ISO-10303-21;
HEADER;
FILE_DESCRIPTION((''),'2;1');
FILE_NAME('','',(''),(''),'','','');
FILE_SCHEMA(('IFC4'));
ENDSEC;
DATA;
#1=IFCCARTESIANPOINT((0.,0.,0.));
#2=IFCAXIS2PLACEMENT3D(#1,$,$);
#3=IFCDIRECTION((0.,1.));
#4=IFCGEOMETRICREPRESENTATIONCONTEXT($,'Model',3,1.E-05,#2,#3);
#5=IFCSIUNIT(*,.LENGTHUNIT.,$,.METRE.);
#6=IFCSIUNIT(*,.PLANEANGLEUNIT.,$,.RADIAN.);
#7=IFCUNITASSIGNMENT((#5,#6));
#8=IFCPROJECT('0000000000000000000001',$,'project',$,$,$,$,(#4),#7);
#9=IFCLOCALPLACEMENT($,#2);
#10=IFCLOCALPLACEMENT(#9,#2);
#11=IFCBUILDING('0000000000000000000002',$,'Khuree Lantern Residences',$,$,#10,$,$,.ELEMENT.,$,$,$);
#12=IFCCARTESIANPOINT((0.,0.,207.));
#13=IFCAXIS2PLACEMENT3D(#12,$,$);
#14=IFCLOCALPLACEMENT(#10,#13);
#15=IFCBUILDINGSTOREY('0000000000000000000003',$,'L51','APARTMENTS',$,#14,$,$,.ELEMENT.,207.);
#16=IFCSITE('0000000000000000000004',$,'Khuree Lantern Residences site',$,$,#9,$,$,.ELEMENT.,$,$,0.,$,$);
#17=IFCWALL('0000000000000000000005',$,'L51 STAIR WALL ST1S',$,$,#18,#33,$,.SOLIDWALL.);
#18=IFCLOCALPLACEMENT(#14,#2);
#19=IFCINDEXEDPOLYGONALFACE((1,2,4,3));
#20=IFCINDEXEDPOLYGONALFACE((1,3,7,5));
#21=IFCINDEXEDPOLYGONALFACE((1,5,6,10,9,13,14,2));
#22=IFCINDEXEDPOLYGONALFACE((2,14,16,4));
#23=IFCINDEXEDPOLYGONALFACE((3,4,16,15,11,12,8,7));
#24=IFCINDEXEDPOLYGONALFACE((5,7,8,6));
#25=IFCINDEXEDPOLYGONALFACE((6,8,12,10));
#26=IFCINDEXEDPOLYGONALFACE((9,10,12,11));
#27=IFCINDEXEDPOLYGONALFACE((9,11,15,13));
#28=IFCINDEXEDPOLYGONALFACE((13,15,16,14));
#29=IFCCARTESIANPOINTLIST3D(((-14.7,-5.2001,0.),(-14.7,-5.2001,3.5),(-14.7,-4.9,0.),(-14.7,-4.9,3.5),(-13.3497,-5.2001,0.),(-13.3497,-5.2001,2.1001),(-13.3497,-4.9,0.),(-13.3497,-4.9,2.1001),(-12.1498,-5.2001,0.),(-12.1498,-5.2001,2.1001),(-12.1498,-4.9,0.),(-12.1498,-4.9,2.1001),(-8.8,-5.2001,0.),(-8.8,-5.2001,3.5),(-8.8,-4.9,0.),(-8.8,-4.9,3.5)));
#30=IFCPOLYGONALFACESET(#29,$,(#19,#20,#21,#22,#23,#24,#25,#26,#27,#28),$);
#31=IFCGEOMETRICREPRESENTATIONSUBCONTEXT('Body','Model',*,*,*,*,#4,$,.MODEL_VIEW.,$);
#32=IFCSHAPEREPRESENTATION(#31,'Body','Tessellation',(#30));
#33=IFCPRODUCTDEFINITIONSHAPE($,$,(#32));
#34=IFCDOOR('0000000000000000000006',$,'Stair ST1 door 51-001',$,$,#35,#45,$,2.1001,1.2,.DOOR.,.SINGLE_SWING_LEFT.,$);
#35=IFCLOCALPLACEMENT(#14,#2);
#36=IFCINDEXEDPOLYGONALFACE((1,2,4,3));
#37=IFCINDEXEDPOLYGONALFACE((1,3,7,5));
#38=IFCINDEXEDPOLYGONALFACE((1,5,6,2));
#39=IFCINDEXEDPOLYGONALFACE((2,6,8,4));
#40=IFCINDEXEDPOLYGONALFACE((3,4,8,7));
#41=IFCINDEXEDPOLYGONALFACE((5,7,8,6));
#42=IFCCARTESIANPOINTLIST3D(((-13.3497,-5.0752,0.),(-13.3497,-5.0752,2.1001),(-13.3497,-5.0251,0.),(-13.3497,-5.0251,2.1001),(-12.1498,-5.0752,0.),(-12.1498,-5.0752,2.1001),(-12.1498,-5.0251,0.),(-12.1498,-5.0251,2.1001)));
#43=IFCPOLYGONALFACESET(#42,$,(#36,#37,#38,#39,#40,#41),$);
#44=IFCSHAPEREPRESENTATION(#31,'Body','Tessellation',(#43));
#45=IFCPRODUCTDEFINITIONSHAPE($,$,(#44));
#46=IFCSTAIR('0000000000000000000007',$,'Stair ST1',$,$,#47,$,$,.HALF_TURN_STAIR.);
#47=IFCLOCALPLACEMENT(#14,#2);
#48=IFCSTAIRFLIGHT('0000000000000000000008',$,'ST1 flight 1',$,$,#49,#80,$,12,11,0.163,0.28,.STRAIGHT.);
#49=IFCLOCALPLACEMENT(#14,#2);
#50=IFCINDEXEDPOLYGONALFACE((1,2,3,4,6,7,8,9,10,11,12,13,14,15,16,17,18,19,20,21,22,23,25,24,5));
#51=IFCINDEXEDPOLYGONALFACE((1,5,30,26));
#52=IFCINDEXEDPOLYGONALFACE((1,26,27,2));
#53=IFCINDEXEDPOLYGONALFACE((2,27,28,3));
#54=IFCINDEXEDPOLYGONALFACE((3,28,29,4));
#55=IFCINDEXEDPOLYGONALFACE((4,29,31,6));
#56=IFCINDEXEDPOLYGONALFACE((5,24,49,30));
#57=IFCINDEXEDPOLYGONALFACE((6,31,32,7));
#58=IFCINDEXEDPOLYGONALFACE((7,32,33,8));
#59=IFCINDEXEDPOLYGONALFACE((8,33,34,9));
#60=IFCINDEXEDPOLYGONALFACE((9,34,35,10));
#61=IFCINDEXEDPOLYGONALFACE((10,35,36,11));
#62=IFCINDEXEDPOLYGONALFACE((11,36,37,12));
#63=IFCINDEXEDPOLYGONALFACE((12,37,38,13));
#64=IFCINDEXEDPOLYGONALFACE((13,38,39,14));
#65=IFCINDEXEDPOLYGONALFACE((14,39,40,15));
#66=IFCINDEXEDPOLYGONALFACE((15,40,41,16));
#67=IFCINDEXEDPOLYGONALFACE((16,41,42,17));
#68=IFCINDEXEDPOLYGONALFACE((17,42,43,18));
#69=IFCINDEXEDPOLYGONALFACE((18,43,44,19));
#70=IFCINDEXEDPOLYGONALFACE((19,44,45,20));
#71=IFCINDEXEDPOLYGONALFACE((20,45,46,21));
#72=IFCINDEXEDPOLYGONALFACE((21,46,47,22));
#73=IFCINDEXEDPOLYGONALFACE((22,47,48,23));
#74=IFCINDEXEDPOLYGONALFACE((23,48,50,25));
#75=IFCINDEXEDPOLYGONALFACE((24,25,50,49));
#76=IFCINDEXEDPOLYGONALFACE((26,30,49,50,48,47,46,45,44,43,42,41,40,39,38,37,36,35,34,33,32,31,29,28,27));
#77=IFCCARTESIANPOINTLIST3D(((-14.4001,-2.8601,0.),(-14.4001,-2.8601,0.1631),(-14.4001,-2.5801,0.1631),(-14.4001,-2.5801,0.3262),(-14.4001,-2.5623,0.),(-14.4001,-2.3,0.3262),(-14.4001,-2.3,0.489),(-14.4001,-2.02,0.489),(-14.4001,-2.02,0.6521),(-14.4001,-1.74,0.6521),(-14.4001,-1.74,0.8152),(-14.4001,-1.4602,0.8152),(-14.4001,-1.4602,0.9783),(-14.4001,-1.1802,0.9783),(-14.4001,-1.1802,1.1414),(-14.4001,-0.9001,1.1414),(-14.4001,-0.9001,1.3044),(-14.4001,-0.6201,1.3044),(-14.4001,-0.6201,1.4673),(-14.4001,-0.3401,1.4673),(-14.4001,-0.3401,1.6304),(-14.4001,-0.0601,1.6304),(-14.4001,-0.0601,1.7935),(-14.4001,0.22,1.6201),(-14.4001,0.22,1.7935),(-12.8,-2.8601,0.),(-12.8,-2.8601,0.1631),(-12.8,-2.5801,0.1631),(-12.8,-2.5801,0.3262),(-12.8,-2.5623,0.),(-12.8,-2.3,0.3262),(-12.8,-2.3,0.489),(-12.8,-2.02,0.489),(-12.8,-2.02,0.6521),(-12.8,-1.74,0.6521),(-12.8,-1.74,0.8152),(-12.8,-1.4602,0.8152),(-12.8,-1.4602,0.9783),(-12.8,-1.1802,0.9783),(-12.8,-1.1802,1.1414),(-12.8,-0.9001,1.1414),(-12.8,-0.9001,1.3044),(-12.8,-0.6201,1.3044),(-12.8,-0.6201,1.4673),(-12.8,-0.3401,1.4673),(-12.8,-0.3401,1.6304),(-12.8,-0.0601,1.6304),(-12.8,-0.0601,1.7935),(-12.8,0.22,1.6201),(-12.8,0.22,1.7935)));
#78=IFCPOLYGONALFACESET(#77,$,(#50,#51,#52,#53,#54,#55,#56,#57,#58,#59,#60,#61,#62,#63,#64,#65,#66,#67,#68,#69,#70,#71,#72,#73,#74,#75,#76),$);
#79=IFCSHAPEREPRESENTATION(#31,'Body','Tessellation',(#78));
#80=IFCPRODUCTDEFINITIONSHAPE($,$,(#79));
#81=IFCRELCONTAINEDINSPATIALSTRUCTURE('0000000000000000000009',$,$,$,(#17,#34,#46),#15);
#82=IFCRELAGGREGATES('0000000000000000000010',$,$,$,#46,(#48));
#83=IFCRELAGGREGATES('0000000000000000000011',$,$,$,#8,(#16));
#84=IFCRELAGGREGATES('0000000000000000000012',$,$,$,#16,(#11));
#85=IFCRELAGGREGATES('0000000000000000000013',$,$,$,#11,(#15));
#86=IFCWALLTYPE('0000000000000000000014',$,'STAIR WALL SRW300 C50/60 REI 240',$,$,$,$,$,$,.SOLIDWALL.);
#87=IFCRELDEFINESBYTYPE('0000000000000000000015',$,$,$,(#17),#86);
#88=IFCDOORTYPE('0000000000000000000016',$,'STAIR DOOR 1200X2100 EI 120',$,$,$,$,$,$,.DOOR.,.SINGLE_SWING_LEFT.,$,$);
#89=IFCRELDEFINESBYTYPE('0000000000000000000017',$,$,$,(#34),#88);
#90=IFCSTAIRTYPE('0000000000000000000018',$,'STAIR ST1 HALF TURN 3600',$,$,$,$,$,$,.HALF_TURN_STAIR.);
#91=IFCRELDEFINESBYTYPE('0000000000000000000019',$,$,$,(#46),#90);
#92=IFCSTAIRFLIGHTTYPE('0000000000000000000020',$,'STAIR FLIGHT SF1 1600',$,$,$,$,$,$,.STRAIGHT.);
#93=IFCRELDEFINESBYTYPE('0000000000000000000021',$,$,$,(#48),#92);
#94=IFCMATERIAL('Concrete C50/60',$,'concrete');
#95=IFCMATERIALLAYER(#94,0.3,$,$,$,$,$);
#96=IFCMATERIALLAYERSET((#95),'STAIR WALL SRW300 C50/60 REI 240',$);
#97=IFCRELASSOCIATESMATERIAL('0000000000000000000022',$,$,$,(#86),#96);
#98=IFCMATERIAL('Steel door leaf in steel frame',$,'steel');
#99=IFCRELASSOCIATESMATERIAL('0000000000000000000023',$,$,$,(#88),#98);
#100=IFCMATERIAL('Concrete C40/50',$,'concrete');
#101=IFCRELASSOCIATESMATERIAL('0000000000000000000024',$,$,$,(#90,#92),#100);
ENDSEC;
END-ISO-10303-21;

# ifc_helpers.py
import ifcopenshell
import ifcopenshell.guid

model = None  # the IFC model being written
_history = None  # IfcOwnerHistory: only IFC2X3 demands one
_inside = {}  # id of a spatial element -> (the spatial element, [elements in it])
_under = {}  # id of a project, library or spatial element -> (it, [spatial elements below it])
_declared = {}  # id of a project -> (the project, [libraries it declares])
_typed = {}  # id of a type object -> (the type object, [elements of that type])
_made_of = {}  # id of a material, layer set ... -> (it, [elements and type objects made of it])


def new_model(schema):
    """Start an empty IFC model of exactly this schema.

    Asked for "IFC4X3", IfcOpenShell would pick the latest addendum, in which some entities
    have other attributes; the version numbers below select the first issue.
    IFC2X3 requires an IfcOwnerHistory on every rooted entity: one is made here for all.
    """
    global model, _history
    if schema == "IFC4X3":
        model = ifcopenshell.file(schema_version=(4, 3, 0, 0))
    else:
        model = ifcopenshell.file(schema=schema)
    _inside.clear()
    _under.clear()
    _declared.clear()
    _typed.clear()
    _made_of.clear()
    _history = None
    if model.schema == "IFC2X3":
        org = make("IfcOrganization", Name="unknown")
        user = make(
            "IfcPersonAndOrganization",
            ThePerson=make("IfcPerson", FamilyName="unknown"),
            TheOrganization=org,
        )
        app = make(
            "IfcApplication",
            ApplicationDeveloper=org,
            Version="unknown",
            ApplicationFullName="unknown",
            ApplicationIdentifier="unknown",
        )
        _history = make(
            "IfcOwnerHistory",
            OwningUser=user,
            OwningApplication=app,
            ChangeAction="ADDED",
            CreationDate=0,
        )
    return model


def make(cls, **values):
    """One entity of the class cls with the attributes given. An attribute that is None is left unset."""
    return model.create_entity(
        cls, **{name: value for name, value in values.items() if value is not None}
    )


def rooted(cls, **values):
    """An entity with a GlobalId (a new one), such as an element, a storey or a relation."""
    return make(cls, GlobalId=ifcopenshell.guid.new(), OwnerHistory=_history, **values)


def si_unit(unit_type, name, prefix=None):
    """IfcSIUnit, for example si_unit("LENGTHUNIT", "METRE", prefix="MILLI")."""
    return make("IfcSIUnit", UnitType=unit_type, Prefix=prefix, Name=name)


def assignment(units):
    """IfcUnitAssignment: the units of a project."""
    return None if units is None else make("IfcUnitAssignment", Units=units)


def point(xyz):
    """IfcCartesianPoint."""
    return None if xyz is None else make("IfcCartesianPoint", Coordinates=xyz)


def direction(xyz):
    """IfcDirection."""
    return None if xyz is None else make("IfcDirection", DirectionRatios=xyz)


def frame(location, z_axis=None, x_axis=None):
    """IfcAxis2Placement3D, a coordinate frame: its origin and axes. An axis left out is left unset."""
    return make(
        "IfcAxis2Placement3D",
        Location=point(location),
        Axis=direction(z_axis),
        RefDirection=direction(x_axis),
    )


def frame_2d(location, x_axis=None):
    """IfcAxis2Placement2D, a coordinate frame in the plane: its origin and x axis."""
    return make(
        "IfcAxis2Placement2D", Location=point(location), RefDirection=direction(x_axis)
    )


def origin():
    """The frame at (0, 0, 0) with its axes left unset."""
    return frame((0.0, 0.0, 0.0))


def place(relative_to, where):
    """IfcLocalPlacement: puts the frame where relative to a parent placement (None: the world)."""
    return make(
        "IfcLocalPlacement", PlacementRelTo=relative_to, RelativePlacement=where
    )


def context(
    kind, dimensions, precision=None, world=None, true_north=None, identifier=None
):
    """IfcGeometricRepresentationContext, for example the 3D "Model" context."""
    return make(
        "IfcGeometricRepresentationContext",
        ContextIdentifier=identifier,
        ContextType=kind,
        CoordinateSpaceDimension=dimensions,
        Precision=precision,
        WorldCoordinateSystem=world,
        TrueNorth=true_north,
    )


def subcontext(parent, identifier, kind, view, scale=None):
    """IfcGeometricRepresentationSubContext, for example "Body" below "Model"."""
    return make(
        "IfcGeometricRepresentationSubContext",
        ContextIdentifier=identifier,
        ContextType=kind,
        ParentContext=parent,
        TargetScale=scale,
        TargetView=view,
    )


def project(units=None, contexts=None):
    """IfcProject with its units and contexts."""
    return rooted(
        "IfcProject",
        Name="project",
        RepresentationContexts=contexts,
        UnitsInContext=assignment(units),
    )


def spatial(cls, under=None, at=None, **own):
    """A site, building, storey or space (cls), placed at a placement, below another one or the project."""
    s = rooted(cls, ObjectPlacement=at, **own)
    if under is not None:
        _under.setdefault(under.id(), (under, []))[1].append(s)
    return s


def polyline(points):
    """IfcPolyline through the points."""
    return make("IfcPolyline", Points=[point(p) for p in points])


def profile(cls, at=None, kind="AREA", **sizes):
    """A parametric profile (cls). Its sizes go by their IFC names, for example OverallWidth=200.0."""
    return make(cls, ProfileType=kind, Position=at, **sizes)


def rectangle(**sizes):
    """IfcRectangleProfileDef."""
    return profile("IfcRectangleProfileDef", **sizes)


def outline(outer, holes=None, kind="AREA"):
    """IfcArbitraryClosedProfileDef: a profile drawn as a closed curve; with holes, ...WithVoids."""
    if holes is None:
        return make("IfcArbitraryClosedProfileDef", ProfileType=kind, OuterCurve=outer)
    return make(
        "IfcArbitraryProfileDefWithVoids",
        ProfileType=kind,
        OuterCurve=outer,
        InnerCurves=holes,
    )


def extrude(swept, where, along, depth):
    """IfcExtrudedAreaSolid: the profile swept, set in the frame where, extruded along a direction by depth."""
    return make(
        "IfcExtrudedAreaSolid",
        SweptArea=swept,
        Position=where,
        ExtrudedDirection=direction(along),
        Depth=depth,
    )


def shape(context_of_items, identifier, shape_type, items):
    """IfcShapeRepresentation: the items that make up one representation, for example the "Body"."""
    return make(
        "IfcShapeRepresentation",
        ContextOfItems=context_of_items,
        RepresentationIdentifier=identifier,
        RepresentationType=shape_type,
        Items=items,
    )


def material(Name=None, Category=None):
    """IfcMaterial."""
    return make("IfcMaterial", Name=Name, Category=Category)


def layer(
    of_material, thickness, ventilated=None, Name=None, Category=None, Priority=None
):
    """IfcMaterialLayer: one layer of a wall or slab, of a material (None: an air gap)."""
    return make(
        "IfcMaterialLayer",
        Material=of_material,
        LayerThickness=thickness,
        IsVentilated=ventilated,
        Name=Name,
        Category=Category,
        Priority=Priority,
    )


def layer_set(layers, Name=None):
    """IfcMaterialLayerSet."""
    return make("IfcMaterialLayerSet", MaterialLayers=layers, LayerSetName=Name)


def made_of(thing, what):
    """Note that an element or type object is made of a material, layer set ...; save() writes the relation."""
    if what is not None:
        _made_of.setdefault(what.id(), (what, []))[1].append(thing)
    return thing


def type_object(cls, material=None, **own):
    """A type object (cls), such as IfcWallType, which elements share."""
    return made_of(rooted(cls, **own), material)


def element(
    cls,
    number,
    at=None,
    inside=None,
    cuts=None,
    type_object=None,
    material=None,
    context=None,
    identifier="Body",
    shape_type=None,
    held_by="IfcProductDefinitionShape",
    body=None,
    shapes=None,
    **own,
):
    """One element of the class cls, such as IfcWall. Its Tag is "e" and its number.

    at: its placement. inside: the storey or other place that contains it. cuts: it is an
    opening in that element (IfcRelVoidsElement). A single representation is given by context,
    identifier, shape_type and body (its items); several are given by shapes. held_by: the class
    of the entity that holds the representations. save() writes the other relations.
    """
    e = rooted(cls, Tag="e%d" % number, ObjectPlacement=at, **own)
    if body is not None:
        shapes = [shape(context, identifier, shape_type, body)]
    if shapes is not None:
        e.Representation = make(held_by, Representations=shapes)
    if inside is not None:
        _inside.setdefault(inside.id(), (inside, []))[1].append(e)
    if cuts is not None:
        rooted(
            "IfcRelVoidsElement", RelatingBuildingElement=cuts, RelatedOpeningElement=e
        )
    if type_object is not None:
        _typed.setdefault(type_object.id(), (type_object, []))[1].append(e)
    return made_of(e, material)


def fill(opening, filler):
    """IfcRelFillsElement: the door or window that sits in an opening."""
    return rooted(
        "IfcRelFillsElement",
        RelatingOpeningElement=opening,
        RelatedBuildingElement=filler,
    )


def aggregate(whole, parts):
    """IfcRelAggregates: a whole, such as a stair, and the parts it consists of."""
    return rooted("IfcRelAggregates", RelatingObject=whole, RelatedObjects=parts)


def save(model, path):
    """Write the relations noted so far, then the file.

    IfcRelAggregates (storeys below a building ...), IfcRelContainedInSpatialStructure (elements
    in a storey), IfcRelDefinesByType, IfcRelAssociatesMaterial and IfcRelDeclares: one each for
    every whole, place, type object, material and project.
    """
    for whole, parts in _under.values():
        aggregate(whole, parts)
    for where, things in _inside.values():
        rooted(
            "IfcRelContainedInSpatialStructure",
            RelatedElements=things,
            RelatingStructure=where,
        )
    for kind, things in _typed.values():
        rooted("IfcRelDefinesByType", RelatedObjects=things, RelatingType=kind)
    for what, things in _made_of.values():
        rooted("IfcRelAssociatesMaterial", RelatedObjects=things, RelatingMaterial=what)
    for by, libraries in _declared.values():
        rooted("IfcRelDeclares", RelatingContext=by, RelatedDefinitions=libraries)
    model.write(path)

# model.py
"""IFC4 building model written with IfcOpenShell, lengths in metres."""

from ifc_helpers import new_model, si_unit, direction, frame, frame_2d, origin, place, context, subcontext, project, spatial, polyline, rectangle, outline, extrude, material, layer, layer_set, type_object, element, fill, aggregate, save


model = new_model("IFC4")

# Units and contexts
model_context = context("Model", 3, precision=1e-05, world=origin(), true_north=direction((0.0, 1.0)))
body_context = subcontext(model_context, "Body", "Model", "MODEL_VIEW")
ifc_project = project(units=[si_unit("LENGTHUNIT", "METRE"), si_unit("PLANEANGLEUNIT", "RADIAN")], contexts=[model_context])

# Site, building, storey
site_placement = place(None, origin())
site = spatial("IfcSite", under=ifc_project, at=site_placement, Name="Khuree Lantern Residences site", CompositionType="ELEMENT", RefElevation=0.0)
building_placement = place(site_placement, origin())
building = spatial("IfcBuilding", under=site, at=building_placement, Name="Khuree Lantern Residences", CompositionType="ELEMENT")
storey_placement = place(building_placement, frame((0.0, 0.0, 207.0)))
storey = spatial("IfcBuildingStorey", under=building, at=storey_placement, Name="L51", Description="APARTMENTS", CompositionType="ELEMENT", Elevation=207.0)

# Shared definitions
ifc_material_1 = material(Name="Steel door leaf in steel frame", Category="steel")

# Shared definitions
ifc_material_2 = material(Name="Concrete C50/60", Category="concrete")
ifc_layer_1 = layer(ifc_material_2, 0.3)
ifc_layer_set_1 = layer_set([ifc_layer_1], Name="STAIR WALL SRW300 C50/60 REI 240")
wall_type_1 = type_object("IfcWallType", Name="STAIR WALL SRW300 C50/60 REI 240", PredefinedType="SOLIDWALL", material=ifc_layer_set_1)

# Wall, opening, door
wall_1_placement = place(storey_placement, frame((-14.7, -5.05, 0.0), z_axis=(0.0, 0.0, 1.0), x_axis=(1.0, 0.0, 0.0)))
wall_1 = element("IfcWall", 1, at=wall_1_placement, inside=storey, type_object=wall_type_1, Name="L51 STAIR WALL ST1S", PredefinedType="SOLIDWALL", context=body_context, shape_type="SweptSolid", body=[
    extrude(rectangle(XDim=5.8999, YDim=0.3, at=frame_2d((2.95, 0.0))), origin(), (0.0, 0.0, 1.0), 3.5),
])
opening_1_placement = place(wall_1_placement, frame((1.3501, 0.0, 0.0)))
opening_1 = element("IfcOpeningElement", 2, at=opening_1_placement, cuts=wall_1, PredefinedType="OPENING", context=body_context, shape_type="SweptSolid", body=[
    extrude(rectangle(XDim=1.2, YDim=2.1001, at=frame_2d((0.6001, 1.05))), frame((0.0, 0.1602, 0.0), z_axis=(0.0, -1.0, 0.0), x_axis=(1.0, 0.0, 0.0)), (0.0, 0.0, 1.0), 0.3201),
])
door_type_1 = type_object("IfcDoorType", Name="STAIR DOOR 1200X2100 EI 120", OperationType="SINGLE_SWING_LEFT", PredefinedType="DOOR", material=ifc_material_1)
door_1_placement = place(opening_1_placement, origin())
door_1 = element("IfcDoor", 3, at=door_1_placement, inside=storey, type_object=door_type_1, Name="Stair ST1 door 51-001", OperationType="SINGLE_SWING_LEFT", OverallHeight=2.1001, OverallWidth=1.2, PredefinedType="DOOR", context=body_context, shape_type="SweptSolid", body=[
    extrude(rectangle(XDim=1.2, YDim=2.1001, at=frame_2d((0.6001, 1.05))), frame((0.0, 0.0249, 0.0), z_axis=(0.0, -1.0, 0.0), x_axis=(1.0, 0.0, 0.0)), (0.0, 0.0, 1.0), 0.05),
])
fill(opening_1, door_1)

# Stair, stair flight
ifc_material_3 = material(Name="Concrete C40/50", Category="concrete")
stair_type = type_object("IfcStairType", Name="STAIR ST1 HALF TURN 3600", PredefinedType="HALF_TURN_STAIR", material=ifc_material_3)
stair_placement = place(storey_placement, origin())
stair = element("IfcStair", 4, at=stair_placement, inside=storey, type_object=stair_type, Name="Stair ST1", PredefinedType="HALF_TURN_STAIR")
stair_flight_type = type_object("IfcStairFlightType", Name="STAIR FLIGHT SF1 1600", PredefinedType="STRAIGHT", material=ifc_material_3)
stair_flight_placement = place(storey_placement, frame((-13.6001, -2.8601, 0.0), z_axis=(0.0, 0.0, 1.0), x_axis=(0.0, 1.0, 0.0)))
stair_flight = element("IfcStairFlight", 5, at=stair_flight_placement, type_object=stair_flight_type, Name="ST1 flight 1", NumberOfRisers=12, NumberOfTreads=11, PredefinedType="STRAIGHT", RiserHeight=0.163, TreadLength=0.28, context=body_context, shape_type="SweptSolid", body=[
    extrude(outline(polyline([(0.0, 0.0), (0.0, 0.1631), (0.28, 0.1631), (0.28, 0.3262), (0.5601, 0.3262), (0.5601, 0.489), (0.8401, 0.489), (0.8401, 0.6521), (1.1201, 0.6521), (1.1201, 0.8152), (1.3999, 0.8152), (1.3999, 0.9783), (1.6799, 0.9783), (1.6799, 1.1414), (1.96, 1.1414), (1.96, 1.3044), (2.24, 1.3044), (2.24, 1.4673), (2.52, 1.4673), (2.52, 1.6304), (2.8, 1.6304), (2.8, 1.7935), (3.0801, 1.7935), (3.0801, 1.9565), (3.0801, 1.6201), (0.2979, 0.0), (0.0, 0.0)])), frame((0.0, 0.8, 0.0), z_axis=(0.0, -1.0, 0.0), x_axis=(1.0, 0.0, 0.0)), (0.0, 0.0, 1.0), 1.6001),
])
aggregate(stair, [stair_flight])

save(model, "model.ifc")
